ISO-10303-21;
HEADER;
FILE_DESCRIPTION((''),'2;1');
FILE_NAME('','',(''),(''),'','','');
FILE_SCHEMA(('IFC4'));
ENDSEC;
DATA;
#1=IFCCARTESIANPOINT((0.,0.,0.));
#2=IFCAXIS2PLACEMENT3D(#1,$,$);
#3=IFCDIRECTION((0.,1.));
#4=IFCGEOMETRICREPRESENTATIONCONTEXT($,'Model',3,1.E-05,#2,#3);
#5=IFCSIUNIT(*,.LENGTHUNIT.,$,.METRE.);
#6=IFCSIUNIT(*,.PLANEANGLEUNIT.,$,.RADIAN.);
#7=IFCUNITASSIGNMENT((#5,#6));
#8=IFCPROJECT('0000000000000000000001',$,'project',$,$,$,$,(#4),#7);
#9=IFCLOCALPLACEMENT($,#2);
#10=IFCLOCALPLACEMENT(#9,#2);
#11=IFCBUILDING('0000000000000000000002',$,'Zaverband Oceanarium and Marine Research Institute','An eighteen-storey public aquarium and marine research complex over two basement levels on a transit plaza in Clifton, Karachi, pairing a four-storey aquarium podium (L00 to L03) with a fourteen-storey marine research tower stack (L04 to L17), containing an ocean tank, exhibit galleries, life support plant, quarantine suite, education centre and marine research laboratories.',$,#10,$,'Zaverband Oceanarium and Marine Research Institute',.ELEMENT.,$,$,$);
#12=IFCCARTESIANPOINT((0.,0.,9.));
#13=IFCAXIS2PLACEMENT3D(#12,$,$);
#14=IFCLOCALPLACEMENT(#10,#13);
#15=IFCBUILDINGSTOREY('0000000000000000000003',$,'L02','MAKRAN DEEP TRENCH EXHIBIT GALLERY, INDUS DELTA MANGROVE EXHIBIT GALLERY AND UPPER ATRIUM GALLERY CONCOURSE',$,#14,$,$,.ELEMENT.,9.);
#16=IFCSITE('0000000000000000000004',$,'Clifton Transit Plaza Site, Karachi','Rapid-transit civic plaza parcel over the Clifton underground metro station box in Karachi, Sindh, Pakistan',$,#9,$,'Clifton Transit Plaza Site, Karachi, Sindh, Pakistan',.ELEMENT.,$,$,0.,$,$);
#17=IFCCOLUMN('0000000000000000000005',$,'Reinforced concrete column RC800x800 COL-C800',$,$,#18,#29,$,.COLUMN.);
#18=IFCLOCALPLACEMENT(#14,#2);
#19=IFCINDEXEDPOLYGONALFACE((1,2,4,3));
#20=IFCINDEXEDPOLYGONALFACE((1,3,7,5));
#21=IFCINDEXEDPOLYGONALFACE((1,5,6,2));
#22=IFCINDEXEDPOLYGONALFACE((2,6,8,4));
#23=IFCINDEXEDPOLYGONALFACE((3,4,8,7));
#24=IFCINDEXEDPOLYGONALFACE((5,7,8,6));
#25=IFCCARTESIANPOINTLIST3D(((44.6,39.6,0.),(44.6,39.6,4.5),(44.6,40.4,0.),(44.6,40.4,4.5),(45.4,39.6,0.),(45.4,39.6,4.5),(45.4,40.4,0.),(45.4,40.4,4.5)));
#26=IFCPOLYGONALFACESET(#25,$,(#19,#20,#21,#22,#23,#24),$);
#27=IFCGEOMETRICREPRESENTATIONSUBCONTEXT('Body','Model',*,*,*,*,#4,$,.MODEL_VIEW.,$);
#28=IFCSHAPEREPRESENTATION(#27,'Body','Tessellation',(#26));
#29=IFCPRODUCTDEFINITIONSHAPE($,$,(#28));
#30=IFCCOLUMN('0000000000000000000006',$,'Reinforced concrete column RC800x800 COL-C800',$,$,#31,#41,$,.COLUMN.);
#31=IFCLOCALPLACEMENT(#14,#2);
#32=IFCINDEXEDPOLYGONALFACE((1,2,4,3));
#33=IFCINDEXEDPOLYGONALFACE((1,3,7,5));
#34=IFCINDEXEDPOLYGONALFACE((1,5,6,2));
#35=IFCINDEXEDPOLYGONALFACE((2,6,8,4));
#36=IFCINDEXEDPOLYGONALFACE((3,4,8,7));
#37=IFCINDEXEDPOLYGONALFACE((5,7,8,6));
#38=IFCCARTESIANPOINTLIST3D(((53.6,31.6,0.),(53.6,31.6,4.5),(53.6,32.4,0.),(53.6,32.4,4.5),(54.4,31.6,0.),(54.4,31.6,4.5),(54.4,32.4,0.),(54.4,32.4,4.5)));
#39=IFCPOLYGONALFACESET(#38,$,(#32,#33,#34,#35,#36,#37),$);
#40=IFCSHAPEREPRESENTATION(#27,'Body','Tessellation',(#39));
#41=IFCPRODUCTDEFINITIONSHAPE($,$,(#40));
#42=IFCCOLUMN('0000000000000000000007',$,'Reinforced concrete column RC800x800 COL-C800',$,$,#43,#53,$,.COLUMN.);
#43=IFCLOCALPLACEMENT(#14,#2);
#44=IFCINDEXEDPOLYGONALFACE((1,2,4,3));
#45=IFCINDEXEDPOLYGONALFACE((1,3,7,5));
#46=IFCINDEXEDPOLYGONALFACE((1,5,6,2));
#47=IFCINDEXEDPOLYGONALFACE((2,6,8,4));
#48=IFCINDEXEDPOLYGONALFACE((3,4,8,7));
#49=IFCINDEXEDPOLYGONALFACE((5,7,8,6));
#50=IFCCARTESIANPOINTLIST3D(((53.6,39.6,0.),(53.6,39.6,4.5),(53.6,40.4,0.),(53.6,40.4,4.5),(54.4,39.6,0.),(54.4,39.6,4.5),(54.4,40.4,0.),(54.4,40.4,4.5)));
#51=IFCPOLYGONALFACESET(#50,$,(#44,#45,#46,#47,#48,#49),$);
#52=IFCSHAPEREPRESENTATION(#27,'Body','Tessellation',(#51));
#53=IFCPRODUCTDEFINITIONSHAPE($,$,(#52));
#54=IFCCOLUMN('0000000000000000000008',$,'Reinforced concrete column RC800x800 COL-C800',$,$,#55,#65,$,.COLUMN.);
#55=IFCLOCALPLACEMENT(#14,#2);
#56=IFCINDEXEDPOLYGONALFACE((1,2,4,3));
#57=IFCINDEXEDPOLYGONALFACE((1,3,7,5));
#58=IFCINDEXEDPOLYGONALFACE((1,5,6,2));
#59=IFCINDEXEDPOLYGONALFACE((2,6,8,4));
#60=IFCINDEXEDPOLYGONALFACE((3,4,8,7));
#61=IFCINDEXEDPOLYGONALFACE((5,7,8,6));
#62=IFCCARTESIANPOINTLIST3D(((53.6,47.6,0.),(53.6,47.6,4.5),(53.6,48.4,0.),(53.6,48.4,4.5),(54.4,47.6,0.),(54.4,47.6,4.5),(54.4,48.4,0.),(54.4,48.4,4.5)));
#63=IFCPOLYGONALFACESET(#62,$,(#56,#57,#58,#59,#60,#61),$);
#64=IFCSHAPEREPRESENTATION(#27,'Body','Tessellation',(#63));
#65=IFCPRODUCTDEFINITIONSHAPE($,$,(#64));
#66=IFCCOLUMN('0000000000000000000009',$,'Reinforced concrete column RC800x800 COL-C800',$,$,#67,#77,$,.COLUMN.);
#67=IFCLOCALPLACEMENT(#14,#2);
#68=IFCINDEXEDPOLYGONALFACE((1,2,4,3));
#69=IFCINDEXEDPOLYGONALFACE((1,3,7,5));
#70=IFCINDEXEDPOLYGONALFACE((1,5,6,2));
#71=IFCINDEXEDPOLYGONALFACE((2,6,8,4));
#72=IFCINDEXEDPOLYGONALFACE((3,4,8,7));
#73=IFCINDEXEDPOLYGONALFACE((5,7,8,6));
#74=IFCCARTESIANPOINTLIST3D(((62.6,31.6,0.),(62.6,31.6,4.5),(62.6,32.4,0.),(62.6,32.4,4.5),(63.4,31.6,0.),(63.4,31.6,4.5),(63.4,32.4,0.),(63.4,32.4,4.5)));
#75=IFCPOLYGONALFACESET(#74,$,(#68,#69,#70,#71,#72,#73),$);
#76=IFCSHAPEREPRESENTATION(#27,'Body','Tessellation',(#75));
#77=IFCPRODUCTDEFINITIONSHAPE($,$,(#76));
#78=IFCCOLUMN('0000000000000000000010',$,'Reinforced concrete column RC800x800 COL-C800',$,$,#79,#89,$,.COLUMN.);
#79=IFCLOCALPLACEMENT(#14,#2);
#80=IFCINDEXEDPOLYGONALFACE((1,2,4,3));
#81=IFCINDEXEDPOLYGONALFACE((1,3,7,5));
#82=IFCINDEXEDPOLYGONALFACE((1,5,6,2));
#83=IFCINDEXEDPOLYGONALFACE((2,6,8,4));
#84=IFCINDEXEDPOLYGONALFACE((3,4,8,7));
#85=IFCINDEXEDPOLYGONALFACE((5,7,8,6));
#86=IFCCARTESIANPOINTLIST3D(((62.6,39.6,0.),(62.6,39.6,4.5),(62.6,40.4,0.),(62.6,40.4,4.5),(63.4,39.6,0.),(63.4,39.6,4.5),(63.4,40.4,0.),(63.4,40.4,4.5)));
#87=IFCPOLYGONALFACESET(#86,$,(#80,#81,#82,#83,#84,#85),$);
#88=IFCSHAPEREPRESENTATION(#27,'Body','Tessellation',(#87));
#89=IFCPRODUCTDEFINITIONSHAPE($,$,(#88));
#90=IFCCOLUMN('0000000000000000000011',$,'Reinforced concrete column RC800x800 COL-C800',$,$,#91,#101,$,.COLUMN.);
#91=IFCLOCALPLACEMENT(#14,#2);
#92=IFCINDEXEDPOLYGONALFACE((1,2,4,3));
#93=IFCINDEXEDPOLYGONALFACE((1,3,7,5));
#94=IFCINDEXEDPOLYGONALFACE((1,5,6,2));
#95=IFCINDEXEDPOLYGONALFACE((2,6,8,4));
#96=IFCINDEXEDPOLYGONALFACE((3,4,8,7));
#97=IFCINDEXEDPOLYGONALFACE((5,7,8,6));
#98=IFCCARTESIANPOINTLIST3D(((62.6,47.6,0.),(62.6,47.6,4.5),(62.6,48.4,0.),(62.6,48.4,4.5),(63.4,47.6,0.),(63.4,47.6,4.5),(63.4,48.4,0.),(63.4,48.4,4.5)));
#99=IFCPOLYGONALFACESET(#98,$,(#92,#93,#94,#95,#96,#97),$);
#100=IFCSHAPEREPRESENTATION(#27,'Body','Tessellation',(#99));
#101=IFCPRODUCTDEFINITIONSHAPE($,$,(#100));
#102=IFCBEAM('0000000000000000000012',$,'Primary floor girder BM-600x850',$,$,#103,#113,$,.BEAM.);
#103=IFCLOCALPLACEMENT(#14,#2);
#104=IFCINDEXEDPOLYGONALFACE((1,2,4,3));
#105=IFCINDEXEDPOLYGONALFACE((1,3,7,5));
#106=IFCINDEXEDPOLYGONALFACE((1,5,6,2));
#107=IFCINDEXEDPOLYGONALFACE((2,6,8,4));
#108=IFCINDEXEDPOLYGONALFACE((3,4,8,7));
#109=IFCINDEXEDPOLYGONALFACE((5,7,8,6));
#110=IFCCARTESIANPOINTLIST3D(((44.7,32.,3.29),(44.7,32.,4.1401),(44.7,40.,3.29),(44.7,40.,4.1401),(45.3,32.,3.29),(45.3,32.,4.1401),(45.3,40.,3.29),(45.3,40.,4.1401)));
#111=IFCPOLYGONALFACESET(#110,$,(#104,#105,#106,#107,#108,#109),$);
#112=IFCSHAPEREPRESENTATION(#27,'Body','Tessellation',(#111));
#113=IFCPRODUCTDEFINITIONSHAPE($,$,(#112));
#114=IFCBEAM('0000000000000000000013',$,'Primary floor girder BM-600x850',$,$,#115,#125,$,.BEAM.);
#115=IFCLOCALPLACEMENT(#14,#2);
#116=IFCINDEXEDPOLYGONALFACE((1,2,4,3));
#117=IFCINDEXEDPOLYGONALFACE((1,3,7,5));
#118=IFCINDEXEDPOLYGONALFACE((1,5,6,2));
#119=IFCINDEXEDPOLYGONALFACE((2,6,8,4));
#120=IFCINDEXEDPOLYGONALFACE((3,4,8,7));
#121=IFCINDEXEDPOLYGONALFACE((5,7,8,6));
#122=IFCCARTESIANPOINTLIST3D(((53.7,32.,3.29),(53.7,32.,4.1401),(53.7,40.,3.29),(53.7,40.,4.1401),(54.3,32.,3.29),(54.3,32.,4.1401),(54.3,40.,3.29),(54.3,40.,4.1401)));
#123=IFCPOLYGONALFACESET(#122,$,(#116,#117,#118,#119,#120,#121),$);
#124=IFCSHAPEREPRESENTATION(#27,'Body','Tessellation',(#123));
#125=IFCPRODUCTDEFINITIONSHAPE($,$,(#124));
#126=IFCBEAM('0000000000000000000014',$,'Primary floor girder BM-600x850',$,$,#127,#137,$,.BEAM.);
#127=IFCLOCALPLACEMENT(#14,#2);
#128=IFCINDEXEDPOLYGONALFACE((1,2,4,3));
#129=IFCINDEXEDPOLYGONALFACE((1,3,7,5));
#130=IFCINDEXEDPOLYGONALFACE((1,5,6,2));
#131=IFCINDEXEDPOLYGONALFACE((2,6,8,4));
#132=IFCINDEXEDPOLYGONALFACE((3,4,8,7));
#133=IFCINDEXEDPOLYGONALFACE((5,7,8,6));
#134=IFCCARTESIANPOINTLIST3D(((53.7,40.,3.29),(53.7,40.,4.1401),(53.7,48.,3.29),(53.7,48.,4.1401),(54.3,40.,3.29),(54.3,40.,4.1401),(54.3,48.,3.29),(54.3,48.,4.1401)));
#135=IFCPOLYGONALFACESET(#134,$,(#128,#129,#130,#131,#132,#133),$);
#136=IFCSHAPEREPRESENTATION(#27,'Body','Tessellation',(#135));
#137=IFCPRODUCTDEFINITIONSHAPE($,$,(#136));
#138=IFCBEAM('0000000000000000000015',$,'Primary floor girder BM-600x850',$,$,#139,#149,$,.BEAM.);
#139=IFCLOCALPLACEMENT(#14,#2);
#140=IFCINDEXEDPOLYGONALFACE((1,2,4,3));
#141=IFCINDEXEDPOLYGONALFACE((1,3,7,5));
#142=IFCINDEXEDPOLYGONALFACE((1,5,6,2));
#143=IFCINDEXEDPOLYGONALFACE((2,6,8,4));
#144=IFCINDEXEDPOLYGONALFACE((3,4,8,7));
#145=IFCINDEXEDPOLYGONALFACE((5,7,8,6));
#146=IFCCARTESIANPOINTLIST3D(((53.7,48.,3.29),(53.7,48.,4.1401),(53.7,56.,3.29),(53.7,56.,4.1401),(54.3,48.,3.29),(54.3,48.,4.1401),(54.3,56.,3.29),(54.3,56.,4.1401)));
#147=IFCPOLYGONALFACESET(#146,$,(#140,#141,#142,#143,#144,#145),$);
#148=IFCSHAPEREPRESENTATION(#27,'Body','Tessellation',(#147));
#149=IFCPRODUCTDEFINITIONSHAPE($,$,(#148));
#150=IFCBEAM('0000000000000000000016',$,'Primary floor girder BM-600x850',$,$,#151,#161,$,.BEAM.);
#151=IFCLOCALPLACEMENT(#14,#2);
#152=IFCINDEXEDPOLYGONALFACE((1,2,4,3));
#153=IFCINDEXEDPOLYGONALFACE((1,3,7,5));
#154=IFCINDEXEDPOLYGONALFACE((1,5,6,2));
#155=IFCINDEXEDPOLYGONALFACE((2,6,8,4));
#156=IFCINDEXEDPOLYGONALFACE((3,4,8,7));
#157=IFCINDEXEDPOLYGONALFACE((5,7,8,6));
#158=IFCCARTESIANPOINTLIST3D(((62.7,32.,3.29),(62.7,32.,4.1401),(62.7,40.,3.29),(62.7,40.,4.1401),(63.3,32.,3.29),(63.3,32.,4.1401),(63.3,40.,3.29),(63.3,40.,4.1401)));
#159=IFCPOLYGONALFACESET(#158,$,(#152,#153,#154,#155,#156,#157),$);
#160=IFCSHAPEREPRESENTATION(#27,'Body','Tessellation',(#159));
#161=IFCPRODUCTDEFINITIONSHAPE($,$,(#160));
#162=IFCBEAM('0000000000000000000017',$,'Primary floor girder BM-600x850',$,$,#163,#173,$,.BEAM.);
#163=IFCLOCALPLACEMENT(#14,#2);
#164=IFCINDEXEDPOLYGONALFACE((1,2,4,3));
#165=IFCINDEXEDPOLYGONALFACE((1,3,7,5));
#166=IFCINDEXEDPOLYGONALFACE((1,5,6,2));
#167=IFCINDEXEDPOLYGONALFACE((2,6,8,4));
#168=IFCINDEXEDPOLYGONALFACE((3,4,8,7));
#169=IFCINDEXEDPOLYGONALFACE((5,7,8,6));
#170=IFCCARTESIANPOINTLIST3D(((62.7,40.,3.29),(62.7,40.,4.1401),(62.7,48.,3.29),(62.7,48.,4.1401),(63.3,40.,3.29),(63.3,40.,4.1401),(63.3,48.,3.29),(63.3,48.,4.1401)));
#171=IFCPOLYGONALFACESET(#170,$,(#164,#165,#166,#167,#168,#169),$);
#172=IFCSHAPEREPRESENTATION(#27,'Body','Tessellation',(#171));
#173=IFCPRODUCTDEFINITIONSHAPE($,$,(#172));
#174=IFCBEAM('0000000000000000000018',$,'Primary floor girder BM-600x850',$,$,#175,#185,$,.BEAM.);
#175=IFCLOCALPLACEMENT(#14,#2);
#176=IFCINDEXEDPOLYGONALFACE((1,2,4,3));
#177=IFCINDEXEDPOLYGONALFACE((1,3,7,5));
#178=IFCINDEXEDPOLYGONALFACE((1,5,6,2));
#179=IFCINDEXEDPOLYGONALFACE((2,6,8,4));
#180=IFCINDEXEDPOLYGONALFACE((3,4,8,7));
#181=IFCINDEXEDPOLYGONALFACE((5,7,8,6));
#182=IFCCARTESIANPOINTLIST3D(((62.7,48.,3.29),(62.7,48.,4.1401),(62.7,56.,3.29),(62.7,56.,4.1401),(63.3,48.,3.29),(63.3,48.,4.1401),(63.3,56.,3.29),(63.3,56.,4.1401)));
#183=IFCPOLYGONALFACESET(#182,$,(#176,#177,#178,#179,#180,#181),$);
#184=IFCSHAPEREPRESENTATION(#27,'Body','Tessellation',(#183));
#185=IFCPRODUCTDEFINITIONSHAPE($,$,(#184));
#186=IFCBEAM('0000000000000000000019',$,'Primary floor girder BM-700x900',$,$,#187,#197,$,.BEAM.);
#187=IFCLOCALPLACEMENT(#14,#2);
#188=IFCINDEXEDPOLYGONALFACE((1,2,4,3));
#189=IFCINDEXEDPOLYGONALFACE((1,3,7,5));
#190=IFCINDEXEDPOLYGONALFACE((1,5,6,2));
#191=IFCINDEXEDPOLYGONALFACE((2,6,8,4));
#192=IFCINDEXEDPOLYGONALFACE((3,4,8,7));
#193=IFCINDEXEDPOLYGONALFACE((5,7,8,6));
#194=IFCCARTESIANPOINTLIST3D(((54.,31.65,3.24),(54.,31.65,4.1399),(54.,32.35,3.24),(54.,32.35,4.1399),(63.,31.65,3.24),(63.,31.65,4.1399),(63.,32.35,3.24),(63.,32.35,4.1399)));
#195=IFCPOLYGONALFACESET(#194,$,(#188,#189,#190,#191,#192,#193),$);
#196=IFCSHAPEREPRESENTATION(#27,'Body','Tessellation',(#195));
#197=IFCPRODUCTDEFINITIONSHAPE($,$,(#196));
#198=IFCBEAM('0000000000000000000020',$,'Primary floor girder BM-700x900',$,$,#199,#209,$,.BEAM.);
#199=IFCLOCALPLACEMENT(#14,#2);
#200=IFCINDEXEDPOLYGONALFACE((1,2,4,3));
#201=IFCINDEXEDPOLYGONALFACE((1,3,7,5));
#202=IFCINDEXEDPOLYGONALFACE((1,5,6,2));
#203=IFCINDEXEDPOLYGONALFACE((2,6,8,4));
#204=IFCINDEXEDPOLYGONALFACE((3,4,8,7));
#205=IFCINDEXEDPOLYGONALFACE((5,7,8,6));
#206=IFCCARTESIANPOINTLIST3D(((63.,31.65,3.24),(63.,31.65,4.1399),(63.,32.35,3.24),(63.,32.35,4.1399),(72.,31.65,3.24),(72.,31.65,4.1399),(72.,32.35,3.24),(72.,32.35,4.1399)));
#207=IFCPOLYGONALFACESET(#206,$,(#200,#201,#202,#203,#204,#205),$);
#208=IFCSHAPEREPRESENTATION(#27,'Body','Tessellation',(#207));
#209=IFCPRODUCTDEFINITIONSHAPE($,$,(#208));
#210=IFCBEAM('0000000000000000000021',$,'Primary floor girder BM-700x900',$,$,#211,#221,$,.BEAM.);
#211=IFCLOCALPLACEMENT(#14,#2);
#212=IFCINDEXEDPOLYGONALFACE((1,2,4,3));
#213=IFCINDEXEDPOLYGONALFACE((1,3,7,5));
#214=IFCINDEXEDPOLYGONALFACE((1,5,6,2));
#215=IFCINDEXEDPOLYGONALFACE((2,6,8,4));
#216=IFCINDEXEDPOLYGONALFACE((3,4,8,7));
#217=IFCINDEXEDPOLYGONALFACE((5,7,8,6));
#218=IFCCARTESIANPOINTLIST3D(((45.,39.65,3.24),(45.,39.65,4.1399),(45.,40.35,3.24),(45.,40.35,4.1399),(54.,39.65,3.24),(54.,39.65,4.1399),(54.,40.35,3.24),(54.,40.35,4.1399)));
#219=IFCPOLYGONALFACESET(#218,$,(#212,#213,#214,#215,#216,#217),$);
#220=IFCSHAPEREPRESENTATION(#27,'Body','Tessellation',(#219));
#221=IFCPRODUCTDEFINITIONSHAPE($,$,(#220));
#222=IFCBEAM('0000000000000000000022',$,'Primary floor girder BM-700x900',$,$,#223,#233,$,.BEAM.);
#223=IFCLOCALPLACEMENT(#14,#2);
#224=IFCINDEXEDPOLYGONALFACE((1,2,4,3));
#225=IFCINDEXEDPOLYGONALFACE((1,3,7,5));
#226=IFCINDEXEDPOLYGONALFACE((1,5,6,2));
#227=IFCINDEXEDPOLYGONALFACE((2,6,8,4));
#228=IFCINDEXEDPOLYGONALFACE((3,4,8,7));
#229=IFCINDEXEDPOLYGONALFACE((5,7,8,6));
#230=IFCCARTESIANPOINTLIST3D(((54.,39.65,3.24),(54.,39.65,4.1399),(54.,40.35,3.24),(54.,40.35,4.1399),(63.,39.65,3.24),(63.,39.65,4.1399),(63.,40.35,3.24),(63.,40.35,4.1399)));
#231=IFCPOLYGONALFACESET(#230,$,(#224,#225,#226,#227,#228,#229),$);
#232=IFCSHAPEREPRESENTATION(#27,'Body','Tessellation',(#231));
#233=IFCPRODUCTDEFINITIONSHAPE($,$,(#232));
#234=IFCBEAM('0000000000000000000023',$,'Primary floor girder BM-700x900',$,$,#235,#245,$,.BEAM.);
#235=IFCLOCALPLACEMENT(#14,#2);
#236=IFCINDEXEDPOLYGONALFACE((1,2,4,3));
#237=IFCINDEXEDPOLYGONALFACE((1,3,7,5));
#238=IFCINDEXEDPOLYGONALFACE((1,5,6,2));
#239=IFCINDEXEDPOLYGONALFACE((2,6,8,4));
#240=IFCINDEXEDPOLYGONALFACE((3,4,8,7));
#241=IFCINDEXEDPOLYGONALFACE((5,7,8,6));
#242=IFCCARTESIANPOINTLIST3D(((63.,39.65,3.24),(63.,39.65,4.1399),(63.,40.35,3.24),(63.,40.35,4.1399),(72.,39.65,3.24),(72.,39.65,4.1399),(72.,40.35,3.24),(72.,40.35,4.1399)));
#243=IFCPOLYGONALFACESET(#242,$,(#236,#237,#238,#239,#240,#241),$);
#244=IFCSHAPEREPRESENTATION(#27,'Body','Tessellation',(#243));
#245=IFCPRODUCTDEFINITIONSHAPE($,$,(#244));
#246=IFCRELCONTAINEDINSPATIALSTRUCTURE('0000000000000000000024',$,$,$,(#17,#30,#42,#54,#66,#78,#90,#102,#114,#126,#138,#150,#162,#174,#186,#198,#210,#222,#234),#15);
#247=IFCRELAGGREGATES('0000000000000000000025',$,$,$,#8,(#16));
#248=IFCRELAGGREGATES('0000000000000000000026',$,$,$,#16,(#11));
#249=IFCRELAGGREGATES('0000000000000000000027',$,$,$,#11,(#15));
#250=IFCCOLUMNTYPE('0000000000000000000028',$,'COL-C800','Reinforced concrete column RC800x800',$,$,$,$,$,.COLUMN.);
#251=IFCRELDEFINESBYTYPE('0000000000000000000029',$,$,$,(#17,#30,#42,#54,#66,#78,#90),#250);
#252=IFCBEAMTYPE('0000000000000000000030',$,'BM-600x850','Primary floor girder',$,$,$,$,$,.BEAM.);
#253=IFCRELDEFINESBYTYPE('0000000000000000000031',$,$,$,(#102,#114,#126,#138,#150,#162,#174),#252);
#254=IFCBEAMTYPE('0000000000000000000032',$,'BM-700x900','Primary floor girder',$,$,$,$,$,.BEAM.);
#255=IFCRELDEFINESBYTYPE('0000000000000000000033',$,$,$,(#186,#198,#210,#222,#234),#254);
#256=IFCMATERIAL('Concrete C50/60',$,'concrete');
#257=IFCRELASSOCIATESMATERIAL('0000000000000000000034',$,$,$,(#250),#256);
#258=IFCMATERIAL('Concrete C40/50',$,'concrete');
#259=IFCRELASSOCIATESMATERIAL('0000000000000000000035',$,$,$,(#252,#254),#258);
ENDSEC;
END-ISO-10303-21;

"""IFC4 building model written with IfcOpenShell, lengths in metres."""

from ifc_helpers import new_model, si_unit, direction, frame, origin, origin_2d, place, context, subcontext, project, spatial, rectangle, extrude, material, material_profile, profile_set, type_object, element, save


model = new_model("IFC4")

# Units and contexts
model_context = context("Model", 3, precision=1e-05, world=origin(), true_north=direction((0.0, 1.0)))
body_context = subcontext(model_context, "Body", "Model", "MODEL_VIEW")
ifc_project = project(units=[si_unit("LENGTHUNIT", "METRE"), si_unit("PLANEANGLEUNIT", "RADIAN")], contexts=[model_context])

# Site, building, storey
site_placement = place(None, origin())
site = spatial("IfcSite", under=ifc_project, at=site_placement, Name="Clifton Transit Plaza Site, Karachi", Description="Rapid-transit civic plaza parcel over the Clifton underground metro station box in Karachi, Sindh, Pakistan", LongName="Clifton Transit Plaza Site, Karachi, Sindh, Pakistan", CompositionType="ELEMENT", RefElevation=0.0)
building_placement = place(site_placement, origin())
building = spatial("IfcBuilding", under=site, at=building_placement, Name="Zaverband Oceanarium and Marine Research Institute", Description="An eighteen-storey public aquarium and marine research complex over two basement levels on a transit plaza in Clifton, Karachi, pairing a four-storey aquarium podium (L00 to L03) with a fourteen-storey marine research tower stack (L04 to L17), containing an ocean tank, exhibit galleries, life support plant, quarantine suite, education centre and marine research laboratories.", LongName="Zaverband Oceanarium and Marine Research Institute", CompositionType="ELEMENT")
storey_placement = place(building_placement, frame((0.0, 0.0, 9.0)))
storey = spatial("IfcBuildingStorey", under=building, at=storey_placement, Name="L02", Description="MAKRAN DEEP TRENCH EXHIBIT GALLERY, INDUS DELTA MANGROVE EXHIBIT GALLERY AND UPPER ATRIUM GALLERY CONCOURSE", CompositionType="ELEMENT", Elevation=9.0)

# Columns
ifc_material_1 = material(Name="Concrete C50/60", Category="concrete")
ifc_material_profile_1 = material_profile(ifc_material_1, rectangle(XDim=0.8, YDim=0.8, at=origin_2d()), Name="RC800x800")
ifc_profile_set_1 = profile_set([ifc_material_profile_1], Name="Concrete C50/60")
column_type = type_object("IfcColumnType", Name="COL-C800", Description="Reinforced concrete column RC800x800", PredefinedType="COLUMN", material=ifc_profile_set_1)
for number, where, z_axis, x_axis, name in (
    (1, (45.0, 40.0, 0.0), (0.0, 0.0, 1.0), (1.0, 0.0, 0.0), "Reinforced concrete column RC800x800 COL-C800"),
    (2, (54.0, 32.0, 0.0), (0.0, 0.0, 1.0), (1.0, 0.0, 0.0), "Reinforced concrete column RC800x800 COL-C800"),
    (3, (54.0, 40.0, 0.0), (0.0, 0.0, 1.0), (1.0, 0.0, 0.0), "Reinforced concrete column RC800x800 COL-C800"),
    (4, (54.0, 48.0, 0.0), (0.0, 0.0, 1.0), (1.0, 0.0, 0.0), "Reinforced concrete column RC800x800 COL-C800"),
    (5, (63.0, 32.0, 0.0), (0.0, 0.0, 1.0), (1.0, 0.0, 0.0), "Reinforced concrete column RC800x800 COL-C800"),
    (6, (63.0, 40.0, 0.0), (0.0, 0.0, 1.0), (1.0, 0.0, 0.0), "Reinforced concrete column RC800x800 COL-C800"),
    (7, (63.0, 48.0, 0.0), (0.0, 0.0, 1.0), (1.0, 0.0, 0.0), "Reinforced concrete column RC800x800 COL-C800"),
):
    element("IfcColumn", number, at=place(storey_placement, frame(where, z_axis=z_axis, x_axis=x_axis)), inside=storey, type_object=column_type, Name=name, PredefinedType="COLUMN", context=body_context, shape_type="SweptSolid", body=[
        extrude(rectangle(XDim=0.8, YDim=0.8, at=origin_2d()), origin(), (0.0, 0.0, 1.0), 4.5),
    ])

# Beams
ifc_material_2 = material(Name="Concrete C40/50", Category="concrete")
ifc_material_profile_2 = material_profile(ifc_material_2, rectangle(XDim=0.6001, YDim=0.8501, at=origin_2d()), Name="RC600x850")
ifc_profile_set_2 = profile_set([ifc_material_profile_2], Name="Concrete C40/50")
beam_type_1 = type_object("IfcBeamType", Name="BM-600x850", Description="Primary floor girder", PredefinedType="BEAM", material=ifc_profile_set_2)
for number, where, z_axis, x_axis, name in (
    (8, (45.0, 32.0, 3.7151), (0.0, 1.0, 0.0), (-1.0, 0.0, 0.0), "Primary floor girder BM-600x850"),
    (9, (54.0, 32.0, 3.7151), (0.0, 1.0, 0.0), (-1.0, 0.0, 0.0), "Primary floor girder BM-600x850"),
    (10, (54.0, 40.0, 3.7151), (0.0, 1.0, 0.0), (-1.0, 0.0, 0.0), "Primary floor girder BM-600x850"),
    (11, (54.0, 48.0, 3.7151), (0.0, 1.0, 0.0), (-1.0, 0.0, 0.0), "Primary floor girder BM-600x850"),
    (12, (63.0, 32.0, 3.7151), (0.0, 1.0, 0.0), (-1.0, 0.0, 0.0), "Primary floor girder BM-600x850"),
    (13, (63.0, 40.0, 3.7151), (0.0, 1.0, 0.0), (-1.0, 0.0, 0.0), "Primary floor girder BM-600x850"),
    (14, (63.0, 48.0, 3.7151), (0.0, 1.0, 0.0), (-1.0, 0.0, 0.0), "Primary floor girder BM-600x850"),
):
    element("IfcBeam", number, at=place(storey_placement, frame(where, z_axis=z_axis, x_axis=x_axis)), inside=storey, type_object=beam_type_1, Name=name, PredefinedType="BEAM", context=body_context, shape_type="SweptSolid", body=[
        extrude(rectangle(XDim=0.6001, YDim=0.8501, at=origin_2d()), origin(), (0.0, 0.0, 1.0), 8.0),
    ])
ifc_material_profile_3 = material_profile(ifc_material_2, rectangle(XDim=0.7, YDim=0.8999, at=origin_2d()), Name="RC700x900")
ifc_profile_set_3 = profile_set([ifc_material_profile_3], Name="Concrete C40/50")
beam_type_2 = type_object("IfcBeamType", Name="BM-700x900", Description="Primary floor girder", PredefinedType="BEAM", material=ifc_profile_set_3)
for number, where, z_axis, x_axis, name in (
    (15, (54.0, 32.0, 3.6899), (1.0, 0.0, 0.0), (0.0, 1.0, 0.0), "Primary floor girder BM-700x900"),
    (16, (63.0, 32.0, 3.6899), (1.0, 0.0, 0.0), (0.0, 1.0, 0.0), "Primary floor girder BM-700x900"),
    (17, (45.0, 40.0, 3.6899), (1.0, 0.0, 0.0), (0.0, 1.0, 0.0), "Primary floor girder BM-700x900"),
    (18, (54.0, 40.0, 3.6899), (1.0, 0.0, 0.0), (0.0, 1.0, 0.0), "Primary floor girder BM-700x900"),
    (19, (63.0, 40.0, 3.6899), (1.0, 0.0, 0.0), (0.0, 1.0, 0.0), "Primary floor girder BM-700x900"),
):
    element("IfcBeam", number, at=place(storey_placement, frame(where, z_axis=z_axis, x_axis=x_axis)), inside=storey, type_object=beam_type_2, Name=name, PredefinedType="BEAM", context=body_context, shape_type="SweptSolid", body=[
        extrude(rectangle(XDim=0.7, YDim=0.8999, at=origin_2d()), origin(), (0.0, 0.0, 1.0), 9.0),
    ])

save(model, "model.ifc")
